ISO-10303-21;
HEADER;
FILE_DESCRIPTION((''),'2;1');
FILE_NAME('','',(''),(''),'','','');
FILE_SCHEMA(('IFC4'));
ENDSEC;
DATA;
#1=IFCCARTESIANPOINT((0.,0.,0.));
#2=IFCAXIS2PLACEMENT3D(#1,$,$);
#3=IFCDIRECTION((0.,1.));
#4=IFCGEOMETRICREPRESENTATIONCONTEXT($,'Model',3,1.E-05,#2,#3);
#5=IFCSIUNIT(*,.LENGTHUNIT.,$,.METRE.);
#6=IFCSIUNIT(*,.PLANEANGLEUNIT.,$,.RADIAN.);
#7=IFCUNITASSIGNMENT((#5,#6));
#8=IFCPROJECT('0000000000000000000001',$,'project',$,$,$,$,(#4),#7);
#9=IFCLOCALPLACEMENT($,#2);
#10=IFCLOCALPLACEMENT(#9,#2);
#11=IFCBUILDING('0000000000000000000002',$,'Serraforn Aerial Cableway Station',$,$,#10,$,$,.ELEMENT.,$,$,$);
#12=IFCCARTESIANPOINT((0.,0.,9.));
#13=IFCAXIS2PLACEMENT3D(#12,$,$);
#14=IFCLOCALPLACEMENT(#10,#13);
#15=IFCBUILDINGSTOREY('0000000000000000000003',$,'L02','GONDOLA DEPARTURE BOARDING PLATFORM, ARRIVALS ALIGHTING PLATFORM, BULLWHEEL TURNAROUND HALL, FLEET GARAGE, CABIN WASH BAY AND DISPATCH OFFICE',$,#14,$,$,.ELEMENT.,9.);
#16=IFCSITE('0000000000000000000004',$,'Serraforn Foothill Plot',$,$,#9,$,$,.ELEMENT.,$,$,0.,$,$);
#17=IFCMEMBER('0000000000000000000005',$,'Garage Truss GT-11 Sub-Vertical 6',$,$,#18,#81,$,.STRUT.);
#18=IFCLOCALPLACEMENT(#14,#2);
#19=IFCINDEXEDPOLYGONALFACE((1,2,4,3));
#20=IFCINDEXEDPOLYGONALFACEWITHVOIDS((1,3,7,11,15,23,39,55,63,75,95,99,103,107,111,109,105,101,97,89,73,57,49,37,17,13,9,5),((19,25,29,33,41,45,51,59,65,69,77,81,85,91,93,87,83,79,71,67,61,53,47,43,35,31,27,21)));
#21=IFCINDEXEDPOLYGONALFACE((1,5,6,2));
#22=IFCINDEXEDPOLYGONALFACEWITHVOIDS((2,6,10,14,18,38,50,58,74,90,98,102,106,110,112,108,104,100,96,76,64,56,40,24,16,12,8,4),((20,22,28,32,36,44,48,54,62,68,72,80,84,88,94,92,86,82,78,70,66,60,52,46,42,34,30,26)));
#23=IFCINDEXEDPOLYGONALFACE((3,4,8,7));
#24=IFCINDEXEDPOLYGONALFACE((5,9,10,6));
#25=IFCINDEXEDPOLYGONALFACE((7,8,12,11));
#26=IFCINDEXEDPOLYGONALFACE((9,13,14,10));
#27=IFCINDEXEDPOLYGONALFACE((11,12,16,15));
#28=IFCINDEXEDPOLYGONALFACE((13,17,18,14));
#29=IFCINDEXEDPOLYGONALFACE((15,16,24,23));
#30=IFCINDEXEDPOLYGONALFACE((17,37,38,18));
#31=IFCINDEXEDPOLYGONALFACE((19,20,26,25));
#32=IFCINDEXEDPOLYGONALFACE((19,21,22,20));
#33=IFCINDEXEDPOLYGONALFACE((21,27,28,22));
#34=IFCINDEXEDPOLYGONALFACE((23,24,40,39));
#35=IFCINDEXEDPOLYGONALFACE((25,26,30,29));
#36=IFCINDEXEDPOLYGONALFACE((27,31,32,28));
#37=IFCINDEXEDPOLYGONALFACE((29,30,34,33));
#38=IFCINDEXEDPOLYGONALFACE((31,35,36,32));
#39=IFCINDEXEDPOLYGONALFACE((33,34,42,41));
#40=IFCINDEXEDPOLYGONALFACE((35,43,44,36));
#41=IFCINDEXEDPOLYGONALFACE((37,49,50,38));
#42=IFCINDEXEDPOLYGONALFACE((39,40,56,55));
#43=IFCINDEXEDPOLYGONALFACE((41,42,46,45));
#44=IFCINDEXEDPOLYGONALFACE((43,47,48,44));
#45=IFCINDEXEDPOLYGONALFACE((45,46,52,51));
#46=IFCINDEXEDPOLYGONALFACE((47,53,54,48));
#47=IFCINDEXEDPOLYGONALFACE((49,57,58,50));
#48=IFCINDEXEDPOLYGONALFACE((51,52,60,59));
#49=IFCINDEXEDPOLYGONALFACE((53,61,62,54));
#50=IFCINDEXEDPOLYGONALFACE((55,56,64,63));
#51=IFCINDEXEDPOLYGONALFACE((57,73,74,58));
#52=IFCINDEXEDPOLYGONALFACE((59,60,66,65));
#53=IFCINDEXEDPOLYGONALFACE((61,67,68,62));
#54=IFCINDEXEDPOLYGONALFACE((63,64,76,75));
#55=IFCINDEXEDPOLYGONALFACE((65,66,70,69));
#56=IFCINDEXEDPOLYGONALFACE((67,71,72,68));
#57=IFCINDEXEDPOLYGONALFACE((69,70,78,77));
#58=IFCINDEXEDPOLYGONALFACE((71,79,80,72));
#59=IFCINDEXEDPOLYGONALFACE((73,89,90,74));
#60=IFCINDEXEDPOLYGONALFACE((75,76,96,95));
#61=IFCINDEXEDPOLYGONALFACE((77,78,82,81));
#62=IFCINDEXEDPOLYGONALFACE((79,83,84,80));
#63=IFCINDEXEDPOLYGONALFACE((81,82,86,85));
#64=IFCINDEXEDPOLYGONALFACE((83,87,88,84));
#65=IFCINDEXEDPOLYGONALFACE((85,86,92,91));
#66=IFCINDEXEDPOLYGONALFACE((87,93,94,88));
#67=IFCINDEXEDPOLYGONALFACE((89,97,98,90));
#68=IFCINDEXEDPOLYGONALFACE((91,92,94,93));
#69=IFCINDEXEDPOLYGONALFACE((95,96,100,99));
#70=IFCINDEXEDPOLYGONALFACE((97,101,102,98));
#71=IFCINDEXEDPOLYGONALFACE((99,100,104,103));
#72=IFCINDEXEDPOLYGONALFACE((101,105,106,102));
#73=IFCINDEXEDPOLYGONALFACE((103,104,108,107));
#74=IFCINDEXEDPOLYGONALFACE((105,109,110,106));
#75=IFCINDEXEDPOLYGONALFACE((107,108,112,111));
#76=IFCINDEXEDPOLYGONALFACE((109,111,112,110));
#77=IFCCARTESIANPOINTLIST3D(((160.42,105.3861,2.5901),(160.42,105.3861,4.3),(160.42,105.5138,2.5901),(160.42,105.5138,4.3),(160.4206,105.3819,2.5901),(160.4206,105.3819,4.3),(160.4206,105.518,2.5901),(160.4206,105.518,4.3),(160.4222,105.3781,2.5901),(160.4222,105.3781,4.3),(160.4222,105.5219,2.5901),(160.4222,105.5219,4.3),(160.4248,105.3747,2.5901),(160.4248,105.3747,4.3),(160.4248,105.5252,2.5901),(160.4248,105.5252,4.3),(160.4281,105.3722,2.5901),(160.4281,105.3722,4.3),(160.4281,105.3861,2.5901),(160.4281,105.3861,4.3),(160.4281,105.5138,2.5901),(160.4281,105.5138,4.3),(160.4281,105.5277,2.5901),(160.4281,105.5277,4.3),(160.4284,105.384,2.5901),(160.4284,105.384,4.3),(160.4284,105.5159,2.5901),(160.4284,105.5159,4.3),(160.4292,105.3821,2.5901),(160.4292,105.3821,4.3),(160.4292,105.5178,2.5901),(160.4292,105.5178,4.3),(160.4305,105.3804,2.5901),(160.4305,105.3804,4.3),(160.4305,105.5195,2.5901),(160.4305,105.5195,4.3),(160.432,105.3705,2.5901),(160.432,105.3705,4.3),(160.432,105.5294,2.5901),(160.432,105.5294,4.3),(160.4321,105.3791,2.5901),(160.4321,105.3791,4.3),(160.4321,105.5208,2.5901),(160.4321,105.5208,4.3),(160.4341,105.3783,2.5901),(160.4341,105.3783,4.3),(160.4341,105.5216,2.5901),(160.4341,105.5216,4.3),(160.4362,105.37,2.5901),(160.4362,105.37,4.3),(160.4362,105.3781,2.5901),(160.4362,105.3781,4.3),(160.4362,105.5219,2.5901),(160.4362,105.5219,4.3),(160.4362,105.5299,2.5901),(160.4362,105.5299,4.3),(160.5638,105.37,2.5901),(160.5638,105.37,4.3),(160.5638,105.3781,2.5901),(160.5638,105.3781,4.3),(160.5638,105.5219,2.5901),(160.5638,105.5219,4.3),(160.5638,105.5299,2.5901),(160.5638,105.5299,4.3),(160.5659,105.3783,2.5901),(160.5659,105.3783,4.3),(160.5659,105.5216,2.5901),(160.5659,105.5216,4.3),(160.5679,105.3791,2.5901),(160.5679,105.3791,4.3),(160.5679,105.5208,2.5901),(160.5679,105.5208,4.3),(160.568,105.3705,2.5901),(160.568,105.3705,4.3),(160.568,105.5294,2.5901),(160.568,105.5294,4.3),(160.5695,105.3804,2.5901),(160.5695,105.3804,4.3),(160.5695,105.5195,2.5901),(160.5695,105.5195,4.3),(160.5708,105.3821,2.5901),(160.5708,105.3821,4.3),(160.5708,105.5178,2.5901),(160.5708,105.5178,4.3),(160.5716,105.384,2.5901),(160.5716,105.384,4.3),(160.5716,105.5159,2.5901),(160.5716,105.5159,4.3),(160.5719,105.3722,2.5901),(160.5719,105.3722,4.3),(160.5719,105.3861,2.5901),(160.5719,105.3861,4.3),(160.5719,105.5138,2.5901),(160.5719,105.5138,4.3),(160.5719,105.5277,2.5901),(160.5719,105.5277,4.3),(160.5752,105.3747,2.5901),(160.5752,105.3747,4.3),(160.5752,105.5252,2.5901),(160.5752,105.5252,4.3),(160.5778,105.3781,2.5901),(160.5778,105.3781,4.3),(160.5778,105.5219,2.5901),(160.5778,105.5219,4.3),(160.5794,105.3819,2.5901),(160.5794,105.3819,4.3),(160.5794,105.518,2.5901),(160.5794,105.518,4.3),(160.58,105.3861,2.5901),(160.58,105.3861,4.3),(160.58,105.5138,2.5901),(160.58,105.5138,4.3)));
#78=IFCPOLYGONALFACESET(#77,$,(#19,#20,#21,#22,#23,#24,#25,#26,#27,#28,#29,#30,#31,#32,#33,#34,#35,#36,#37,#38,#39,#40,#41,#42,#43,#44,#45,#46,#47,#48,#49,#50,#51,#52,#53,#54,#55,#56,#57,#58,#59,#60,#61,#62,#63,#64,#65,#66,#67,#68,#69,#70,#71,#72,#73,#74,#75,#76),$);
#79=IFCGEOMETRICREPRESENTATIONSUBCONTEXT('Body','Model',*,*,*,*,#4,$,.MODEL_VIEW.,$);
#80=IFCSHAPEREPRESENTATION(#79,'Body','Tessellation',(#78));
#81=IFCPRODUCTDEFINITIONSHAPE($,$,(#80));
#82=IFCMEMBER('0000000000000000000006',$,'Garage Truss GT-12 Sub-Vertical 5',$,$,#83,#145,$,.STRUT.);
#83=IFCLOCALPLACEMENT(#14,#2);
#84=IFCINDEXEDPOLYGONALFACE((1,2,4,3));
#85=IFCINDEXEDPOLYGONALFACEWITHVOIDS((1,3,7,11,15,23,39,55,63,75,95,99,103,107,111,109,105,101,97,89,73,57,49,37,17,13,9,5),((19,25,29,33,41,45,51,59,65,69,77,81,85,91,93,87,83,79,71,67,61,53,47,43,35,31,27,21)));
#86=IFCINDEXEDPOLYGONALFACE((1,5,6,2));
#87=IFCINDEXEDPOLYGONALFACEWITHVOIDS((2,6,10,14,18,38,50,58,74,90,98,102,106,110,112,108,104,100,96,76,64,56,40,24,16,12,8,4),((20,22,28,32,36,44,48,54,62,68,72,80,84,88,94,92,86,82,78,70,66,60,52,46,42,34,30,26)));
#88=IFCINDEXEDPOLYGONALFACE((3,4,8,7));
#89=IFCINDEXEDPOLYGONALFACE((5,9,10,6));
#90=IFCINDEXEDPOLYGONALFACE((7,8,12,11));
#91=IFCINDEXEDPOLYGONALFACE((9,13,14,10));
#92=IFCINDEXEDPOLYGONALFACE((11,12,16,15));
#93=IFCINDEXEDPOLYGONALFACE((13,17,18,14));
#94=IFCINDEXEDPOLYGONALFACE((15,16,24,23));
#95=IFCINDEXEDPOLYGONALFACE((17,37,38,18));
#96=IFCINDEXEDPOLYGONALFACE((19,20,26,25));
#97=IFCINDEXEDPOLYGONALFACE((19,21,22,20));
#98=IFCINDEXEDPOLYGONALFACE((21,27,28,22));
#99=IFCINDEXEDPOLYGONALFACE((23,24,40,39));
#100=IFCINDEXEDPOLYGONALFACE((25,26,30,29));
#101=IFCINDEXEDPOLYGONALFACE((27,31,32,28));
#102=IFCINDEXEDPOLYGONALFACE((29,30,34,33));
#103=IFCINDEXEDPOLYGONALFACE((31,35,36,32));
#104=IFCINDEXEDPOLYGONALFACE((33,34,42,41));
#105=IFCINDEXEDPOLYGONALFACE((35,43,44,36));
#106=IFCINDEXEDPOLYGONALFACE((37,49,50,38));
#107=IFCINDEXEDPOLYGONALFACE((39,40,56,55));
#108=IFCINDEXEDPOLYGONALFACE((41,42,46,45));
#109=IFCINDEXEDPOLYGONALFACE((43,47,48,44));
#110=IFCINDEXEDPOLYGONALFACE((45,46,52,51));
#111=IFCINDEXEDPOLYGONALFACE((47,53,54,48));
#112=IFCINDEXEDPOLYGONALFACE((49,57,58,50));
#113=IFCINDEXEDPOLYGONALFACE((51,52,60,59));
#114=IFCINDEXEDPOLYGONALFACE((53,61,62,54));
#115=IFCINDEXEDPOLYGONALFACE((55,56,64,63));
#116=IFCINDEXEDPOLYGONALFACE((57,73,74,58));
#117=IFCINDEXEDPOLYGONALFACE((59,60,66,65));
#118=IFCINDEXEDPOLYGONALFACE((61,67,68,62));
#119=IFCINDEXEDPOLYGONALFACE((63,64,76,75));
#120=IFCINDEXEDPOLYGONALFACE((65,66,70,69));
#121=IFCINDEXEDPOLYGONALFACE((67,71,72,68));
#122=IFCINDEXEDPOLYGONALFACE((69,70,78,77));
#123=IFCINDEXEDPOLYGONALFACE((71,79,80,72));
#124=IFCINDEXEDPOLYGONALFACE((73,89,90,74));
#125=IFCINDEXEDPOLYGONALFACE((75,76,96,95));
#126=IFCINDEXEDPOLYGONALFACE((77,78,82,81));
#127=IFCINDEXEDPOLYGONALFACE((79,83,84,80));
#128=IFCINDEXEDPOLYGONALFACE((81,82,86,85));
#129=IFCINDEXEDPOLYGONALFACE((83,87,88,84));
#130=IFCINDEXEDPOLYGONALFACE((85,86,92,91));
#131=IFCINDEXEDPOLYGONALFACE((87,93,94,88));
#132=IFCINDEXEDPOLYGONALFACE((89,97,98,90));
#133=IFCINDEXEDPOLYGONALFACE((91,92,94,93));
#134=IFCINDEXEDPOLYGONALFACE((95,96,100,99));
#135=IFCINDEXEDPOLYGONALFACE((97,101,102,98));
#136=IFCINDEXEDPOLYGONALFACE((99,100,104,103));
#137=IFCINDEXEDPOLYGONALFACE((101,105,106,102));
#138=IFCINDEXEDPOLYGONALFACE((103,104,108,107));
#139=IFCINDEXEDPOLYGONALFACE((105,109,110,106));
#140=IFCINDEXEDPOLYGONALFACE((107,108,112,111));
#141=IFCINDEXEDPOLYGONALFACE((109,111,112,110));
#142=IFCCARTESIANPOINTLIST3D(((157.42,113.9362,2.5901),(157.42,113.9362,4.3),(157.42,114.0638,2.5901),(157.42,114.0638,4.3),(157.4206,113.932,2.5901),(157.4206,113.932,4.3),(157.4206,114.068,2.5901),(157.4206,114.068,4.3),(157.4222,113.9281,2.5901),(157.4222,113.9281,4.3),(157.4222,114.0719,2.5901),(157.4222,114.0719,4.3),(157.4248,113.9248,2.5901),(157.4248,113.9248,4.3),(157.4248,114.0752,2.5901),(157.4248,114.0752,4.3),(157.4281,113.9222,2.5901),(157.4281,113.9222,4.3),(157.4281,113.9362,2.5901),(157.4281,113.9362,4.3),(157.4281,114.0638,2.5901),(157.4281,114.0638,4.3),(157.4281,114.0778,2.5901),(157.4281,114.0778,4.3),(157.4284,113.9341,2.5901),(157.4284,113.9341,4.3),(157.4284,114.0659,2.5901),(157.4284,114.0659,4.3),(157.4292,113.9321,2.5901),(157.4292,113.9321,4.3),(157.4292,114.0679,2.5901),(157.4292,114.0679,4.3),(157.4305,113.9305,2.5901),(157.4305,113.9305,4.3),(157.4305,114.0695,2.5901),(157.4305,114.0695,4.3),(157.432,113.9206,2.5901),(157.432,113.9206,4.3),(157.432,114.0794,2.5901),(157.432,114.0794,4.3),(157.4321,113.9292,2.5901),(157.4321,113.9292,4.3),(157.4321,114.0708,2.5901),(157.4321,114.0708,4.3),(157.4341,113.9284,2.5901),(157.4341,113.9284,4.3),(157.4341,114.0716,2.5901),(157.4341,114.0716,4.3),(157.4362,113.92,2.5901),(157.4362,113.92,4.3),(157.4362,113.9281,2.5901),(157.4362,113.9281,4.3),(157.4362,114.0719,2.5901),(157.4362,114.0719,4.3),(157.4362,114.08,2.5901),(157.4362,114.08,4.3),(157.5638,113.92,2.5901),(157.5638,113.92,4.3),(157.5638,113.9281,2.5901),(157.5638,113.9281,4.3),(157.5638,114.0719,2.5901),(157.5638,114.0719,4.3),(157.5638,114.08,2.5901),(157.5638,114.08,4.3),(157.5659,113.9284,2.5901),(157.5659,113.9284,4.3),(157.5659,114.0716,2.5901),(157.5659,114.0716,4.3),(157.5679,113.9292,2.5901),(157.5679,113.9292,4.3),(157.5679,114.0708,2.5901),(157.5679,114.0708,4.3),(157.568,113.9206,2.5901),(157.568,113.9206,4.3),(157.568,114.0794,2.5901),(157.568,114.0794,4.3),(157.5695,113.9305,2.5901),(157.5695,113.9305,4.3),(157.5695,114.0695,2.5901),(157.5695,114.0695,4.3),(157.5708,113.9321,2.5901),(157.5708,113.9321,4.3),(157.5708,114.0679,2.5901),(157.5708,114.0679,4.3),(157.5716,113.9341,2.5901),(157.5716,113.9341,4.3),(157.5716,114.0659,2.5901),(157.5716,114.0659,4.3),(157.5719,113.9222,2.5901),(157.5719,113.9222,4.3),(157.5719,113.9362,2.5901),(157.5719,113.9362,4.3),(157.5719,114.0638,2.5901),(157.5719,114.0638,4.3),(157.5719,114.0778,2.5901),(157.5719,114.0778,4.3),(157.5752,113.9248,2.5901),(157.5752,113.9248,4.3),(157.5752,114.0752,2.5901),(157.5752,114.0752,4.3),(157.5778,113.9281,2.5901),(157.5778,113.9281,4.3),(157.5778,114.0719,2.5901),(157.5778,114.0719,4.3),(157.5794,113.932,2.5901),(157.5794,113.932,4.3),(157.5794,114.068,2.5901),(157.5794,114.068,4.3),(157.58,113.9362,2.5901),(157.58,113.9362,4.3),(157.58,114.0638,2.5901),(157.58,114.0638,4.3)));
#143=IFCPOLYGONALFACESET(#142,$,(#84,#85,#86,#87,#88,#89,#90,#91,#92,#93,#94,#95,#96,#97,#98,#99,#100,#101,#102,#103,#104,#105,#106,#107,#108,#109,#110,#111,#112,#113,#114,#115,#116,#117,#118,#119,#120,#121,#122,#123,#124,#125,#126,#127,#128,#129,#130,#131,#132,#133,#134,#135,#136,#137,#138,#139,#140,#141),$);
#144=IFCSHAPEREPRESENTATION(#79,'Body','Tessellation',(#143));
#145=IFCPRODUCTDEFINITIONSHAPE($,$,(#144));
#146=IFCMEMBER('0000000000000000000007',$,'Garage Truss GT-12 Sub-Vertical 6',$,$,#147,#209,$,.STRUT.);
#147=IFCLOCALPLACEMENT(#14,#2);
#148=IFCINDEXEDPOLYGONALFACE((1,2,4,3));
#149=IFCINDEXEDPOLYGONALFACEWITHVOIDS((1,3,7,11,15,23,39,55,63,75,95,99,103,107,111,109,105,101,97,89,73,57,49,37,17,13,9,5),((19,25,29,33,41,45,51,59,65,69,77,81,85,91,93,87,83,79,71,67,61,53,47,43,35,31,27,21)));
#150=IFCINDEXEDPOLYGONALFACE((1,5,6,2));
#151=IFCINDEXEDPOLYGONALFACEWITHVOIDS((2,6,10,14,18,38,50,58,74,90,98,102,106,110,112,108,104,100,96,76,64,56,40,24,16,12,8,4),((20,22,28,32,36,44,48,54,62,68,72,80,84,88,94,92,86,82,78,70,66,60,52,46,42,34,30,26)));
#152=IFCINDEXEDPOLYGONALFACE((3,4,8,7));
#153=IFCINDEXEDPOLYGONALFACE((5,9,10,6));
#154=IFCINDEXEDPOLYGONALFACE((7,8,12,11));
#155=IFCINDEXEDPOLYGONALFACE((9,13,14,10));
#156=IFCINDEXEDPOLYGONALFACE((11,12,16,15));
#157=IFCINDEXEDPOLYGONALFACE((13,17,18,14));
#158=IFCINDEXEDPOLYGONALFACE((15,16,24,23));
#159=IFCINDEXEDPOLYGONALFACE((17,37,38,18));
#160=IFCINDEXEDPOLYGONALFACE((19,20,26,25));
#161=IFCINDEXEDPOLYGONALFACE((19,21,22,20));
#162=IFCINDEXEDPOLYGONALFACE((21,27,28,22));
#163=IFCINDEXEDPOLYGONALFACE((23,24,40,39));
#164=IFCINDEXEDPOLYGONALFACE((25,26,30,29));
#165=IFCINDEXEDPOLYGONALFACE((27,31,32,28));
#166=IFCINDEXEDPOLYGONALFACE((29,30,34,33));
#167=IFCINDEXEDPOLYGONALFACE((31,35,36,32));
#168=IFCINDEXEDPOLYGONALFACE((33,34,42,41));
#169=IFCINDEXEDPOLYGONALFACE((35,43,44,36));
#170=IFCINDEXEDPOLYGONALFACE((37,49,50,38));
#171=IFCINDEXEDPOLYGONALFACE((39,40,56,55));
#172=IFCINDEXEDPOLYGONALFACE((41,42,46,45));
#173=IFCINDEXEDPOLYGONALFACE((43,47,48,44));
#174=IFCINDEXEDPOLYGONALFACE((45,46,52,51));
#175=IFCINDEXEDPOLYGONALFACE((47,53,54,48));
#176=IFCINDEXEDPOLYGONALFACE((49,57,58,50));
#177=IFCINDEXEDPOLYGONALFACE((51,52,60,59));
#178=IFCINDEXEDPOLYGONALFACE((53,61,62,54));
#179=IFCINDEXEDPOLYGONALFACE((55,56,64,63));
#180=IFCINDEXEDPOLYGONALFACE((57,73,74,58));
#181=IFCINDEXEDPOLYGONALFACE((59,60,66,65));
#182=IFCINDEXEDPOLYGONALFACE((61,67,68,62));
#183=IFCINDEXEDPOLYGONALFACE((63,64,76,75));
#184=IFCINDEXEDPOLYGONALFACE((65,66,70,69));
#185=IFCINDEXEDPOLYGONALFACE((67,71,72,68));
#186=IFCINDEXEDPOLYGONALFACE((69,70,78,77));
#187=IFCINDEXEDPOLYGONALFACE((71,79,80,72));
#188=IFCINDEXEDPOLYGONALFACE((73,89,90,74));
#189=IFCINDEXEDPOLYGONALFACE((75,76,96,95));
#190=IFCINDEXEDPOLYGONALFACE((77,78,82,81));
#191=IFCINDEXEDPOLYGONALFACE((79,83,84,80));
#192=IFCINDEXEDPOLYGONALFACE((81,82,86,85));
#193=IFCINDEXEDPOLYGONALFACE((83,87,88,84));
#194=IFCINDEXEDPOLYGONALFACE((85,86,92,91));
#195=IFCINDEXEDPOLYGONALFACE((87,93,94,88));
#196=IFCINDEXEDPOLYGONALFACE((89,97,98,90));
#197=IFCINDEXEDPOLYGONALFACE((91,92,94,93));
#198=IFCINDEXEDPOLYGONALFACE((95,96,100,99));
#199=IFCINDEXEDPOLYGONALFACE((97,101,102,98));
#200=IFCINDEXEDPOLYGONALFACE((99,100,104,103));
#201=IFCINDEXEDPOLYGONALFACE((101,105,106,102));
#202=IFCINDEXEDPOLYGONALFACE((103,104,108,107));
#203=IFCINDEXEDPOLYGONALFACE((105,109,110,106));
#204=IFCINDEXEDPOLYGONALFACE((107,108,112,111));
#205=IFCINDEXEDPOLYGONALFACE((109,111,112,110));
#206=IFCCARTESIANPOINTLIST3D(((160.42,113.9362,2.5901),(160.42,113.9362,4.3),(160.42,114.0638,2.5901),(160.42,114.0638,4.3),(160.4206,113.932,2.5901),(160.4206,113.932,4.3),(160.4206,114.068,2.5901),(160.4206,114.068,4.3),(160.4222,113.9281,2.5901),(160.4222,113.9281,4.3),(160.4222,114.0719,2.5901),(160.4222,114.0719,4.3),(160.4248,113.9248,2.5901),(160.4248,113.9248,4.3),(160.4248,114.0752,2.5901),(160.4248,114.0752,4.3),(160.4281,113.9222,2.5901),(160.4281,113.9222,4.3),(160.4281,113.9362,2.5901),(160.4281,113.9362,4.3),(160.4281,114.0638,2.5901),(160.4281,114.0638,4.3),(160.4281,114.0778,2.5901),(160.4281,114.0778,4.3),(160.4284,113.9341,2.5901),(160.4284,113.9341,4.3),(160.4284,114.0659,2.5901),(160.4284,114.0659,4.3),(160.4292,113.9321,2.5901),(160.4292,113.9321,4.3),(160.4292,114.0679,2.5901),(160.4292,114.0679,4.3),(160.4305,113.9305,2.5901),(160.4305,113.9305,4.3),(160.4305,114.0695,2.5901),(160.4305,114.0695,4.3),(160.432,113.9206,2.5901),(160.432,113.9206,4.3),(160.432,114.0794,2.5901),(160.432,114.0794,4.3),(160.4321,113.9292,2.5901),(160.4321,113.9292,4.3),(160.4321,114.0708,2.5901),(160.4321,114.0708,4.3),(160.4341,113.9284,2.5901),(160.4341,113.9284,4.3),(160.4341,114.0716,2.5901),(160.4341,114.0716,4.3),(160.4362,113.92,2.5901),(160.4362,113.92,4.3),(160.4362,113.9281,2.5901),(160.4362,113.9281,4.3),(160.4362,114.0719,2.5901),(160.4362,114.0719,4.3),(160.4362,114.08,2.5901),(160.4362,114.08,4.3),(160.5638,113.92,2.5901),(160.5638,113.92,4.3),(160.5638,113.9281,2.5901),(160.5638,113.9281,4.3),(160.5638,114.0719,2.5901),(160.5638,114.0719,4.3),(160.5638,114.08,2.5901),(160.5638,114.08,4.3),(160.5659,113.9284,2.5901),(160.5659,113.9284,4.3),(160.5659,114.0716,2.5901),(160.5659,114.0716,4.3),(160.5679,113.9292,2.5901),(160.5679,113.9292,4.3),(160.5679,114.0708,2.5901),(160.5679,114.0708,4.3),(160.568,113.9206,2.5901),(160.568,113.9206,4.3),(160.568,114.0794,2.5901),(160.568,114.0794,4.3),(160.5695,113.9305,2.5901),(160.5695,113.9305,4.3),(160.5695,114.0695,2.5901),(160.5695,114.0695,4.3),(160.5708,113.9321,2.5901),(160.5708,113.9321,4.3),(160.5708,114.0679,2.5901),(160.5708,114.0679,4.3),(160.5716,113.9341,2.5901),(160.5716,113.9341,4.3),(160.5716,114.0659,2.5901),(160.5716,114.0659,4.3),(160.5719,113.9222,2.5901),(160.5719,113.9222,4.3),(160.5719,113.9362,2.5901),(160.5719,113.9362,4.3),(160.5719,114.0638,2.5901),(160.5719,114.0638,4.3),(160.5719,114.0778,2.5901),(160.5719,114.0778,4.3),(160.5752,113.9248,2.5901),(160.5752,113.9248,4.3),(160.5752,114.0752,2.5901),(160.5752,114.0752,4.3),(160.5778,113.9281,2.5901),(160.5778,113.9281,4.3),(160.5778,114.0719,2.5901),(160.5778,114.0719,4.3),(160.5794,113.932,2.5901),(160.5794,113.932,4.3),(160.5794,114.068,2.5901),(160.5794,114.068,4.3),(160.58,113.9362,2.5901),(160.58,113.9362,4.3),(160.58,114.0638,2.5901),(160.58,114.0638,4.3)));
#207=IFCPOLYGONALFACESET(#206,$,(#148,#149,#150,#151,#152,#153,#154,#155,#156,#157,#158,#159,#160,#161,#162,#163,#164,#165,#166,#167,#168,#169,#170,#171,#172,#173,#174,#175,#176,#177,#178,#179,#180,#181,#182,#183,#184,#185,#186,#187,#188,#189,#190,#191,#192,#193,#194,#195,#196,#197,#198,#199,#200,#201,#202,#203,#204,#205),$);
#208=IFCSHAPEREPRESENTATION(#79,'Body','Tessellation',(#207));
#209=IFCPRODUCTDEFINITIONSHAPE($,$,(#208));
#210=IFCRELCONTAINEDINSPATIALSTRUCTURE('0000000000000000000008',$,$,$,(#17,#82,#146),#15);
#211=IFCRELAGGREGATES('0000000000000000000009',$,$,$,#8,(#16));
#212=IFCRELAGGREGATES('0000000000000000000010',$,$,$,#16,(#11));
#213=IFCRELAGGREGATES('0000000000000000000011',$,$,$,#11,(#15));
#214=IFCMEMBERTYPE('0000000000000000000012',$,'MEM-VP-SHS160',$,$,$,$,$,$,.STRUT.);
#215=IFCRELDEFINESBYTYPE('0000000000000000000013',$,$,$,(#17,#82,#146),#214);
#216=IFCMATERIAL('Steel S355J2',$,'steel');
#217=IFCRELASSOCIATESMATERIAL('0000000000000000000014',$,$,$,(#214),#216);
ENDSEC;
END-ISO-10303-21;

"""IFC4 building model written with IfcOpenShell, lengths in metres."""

from ifc_helpers import new_model, si_unit, direction, frame, origin, origin_2d, place, context, subcontext, project, spatial, hollow_rectangle, extrude, material, material_profile, profile_set, type_object, element, save


model = new_model("IFC4")

# Units and contexts
model_context = context("Model", 3, precision=1e-05, world=origin(), true_north=direction((0.0, 1.0)))
body_context = subcontext(model_context, "Body", "Model", "MODEL_VIEW")
ifc_project = project(units=[si_unit("LENGTHUNIT", "METRE"), si_unit("PLANEANGLEUNIT", "RADIAN")], contexts=[model_context])

# Site, building, storey
site_placement = place(None, origin())
site = spatial("IfcSite", under=ifc_project, at=site_placement, Name="Serraforn Foothill Plot", CompositionType="ELEMENT", RefElevation=0.0)
building_placement = place(site_placement, origin())
building = spatial("IfcBuilding", under=site, at=building_placement, Name="Serraforn Aerial Cableway Station", CompositionType="ELEMENT")
storey_placement = place(building_placement, frame((0.0, 0.0, 9.0)))
storey = spatial("IfcBuildingStorey", under=building, at=storey_placement, Name="L02", Description="GONDOLA DEPARTURE BOARDING PLATFORM, ARRIVALS ALIGHTING PLATFORM, BULLWHEEL TURNAROUND HALL, FLEET GARAGE, CABIN WASH BAY AND DISPATCH OFFICE", CompositionType="ELEMENT", Elevation=9.0)

# Shared definitions
ifc_material_1 = material(Name="Steel S355J2", Category="steel")

# Members
ifc_material_profile_1 = material_profile(ifc_material_1, hollow_rectangle(XDim=0.1599, YDim=0.1599, WallThickness=0.0081, InnerFilletRadius=0.0081, OuterFilletRadius=0.0161, at=origin_2d()), Name="SHS 160x160x8.0")
ifc_profile_set_1 = profile_set([ifc_material_profile_1], Name="Steel S355J2")
member_type_1 = type_object("IfcMemberType", Name="MEM-VP-SHS160", PredefinedType="STRUT", material=ifc_profile_set_1)
for number, where, z_axis, x_axis, name in (
    (1, (160.5, 105.45, 2.5901), (0.0, 0.0, 1.0), (1.0, 0.0, 0.0), "Garage Truss GT-11 Sub-Vertical 6"),
    (2, (157.5, 114.0, 2.5901), (0.0, 0.0, 1.0), (1.0, 0.0, 0.0), "Garage Truss GT-12 Sub-Vertical 5"),
    (3, (160.5, 114.0, 2.5901), (0.0, 0.0, 1.0), (1.0, 0.0, 0.0), "Garage Truss GT-12 Sub-Vertical 6"),
):
    element("IfcMember", number, at=place(storey_placement, frame(where, z_axis=z_axis, x_axis=x_axis)), inside=storey, type_object=member_type_1, Name=name, PredefinedType="STRUT", context=body_context, shape_type="SweptSolid", body=[
        extrude(hollow_rectangle(XDim=0.1599, YDim=0.1599, WallThickness=0.0081, InnerFilletRadius=0.0081, OuterFilletRadius=0.0161, at=origin_2d()), origin(), (0.0, 0.0, 1.0), 1.71),
    ])

save(model, "model.ifc")
